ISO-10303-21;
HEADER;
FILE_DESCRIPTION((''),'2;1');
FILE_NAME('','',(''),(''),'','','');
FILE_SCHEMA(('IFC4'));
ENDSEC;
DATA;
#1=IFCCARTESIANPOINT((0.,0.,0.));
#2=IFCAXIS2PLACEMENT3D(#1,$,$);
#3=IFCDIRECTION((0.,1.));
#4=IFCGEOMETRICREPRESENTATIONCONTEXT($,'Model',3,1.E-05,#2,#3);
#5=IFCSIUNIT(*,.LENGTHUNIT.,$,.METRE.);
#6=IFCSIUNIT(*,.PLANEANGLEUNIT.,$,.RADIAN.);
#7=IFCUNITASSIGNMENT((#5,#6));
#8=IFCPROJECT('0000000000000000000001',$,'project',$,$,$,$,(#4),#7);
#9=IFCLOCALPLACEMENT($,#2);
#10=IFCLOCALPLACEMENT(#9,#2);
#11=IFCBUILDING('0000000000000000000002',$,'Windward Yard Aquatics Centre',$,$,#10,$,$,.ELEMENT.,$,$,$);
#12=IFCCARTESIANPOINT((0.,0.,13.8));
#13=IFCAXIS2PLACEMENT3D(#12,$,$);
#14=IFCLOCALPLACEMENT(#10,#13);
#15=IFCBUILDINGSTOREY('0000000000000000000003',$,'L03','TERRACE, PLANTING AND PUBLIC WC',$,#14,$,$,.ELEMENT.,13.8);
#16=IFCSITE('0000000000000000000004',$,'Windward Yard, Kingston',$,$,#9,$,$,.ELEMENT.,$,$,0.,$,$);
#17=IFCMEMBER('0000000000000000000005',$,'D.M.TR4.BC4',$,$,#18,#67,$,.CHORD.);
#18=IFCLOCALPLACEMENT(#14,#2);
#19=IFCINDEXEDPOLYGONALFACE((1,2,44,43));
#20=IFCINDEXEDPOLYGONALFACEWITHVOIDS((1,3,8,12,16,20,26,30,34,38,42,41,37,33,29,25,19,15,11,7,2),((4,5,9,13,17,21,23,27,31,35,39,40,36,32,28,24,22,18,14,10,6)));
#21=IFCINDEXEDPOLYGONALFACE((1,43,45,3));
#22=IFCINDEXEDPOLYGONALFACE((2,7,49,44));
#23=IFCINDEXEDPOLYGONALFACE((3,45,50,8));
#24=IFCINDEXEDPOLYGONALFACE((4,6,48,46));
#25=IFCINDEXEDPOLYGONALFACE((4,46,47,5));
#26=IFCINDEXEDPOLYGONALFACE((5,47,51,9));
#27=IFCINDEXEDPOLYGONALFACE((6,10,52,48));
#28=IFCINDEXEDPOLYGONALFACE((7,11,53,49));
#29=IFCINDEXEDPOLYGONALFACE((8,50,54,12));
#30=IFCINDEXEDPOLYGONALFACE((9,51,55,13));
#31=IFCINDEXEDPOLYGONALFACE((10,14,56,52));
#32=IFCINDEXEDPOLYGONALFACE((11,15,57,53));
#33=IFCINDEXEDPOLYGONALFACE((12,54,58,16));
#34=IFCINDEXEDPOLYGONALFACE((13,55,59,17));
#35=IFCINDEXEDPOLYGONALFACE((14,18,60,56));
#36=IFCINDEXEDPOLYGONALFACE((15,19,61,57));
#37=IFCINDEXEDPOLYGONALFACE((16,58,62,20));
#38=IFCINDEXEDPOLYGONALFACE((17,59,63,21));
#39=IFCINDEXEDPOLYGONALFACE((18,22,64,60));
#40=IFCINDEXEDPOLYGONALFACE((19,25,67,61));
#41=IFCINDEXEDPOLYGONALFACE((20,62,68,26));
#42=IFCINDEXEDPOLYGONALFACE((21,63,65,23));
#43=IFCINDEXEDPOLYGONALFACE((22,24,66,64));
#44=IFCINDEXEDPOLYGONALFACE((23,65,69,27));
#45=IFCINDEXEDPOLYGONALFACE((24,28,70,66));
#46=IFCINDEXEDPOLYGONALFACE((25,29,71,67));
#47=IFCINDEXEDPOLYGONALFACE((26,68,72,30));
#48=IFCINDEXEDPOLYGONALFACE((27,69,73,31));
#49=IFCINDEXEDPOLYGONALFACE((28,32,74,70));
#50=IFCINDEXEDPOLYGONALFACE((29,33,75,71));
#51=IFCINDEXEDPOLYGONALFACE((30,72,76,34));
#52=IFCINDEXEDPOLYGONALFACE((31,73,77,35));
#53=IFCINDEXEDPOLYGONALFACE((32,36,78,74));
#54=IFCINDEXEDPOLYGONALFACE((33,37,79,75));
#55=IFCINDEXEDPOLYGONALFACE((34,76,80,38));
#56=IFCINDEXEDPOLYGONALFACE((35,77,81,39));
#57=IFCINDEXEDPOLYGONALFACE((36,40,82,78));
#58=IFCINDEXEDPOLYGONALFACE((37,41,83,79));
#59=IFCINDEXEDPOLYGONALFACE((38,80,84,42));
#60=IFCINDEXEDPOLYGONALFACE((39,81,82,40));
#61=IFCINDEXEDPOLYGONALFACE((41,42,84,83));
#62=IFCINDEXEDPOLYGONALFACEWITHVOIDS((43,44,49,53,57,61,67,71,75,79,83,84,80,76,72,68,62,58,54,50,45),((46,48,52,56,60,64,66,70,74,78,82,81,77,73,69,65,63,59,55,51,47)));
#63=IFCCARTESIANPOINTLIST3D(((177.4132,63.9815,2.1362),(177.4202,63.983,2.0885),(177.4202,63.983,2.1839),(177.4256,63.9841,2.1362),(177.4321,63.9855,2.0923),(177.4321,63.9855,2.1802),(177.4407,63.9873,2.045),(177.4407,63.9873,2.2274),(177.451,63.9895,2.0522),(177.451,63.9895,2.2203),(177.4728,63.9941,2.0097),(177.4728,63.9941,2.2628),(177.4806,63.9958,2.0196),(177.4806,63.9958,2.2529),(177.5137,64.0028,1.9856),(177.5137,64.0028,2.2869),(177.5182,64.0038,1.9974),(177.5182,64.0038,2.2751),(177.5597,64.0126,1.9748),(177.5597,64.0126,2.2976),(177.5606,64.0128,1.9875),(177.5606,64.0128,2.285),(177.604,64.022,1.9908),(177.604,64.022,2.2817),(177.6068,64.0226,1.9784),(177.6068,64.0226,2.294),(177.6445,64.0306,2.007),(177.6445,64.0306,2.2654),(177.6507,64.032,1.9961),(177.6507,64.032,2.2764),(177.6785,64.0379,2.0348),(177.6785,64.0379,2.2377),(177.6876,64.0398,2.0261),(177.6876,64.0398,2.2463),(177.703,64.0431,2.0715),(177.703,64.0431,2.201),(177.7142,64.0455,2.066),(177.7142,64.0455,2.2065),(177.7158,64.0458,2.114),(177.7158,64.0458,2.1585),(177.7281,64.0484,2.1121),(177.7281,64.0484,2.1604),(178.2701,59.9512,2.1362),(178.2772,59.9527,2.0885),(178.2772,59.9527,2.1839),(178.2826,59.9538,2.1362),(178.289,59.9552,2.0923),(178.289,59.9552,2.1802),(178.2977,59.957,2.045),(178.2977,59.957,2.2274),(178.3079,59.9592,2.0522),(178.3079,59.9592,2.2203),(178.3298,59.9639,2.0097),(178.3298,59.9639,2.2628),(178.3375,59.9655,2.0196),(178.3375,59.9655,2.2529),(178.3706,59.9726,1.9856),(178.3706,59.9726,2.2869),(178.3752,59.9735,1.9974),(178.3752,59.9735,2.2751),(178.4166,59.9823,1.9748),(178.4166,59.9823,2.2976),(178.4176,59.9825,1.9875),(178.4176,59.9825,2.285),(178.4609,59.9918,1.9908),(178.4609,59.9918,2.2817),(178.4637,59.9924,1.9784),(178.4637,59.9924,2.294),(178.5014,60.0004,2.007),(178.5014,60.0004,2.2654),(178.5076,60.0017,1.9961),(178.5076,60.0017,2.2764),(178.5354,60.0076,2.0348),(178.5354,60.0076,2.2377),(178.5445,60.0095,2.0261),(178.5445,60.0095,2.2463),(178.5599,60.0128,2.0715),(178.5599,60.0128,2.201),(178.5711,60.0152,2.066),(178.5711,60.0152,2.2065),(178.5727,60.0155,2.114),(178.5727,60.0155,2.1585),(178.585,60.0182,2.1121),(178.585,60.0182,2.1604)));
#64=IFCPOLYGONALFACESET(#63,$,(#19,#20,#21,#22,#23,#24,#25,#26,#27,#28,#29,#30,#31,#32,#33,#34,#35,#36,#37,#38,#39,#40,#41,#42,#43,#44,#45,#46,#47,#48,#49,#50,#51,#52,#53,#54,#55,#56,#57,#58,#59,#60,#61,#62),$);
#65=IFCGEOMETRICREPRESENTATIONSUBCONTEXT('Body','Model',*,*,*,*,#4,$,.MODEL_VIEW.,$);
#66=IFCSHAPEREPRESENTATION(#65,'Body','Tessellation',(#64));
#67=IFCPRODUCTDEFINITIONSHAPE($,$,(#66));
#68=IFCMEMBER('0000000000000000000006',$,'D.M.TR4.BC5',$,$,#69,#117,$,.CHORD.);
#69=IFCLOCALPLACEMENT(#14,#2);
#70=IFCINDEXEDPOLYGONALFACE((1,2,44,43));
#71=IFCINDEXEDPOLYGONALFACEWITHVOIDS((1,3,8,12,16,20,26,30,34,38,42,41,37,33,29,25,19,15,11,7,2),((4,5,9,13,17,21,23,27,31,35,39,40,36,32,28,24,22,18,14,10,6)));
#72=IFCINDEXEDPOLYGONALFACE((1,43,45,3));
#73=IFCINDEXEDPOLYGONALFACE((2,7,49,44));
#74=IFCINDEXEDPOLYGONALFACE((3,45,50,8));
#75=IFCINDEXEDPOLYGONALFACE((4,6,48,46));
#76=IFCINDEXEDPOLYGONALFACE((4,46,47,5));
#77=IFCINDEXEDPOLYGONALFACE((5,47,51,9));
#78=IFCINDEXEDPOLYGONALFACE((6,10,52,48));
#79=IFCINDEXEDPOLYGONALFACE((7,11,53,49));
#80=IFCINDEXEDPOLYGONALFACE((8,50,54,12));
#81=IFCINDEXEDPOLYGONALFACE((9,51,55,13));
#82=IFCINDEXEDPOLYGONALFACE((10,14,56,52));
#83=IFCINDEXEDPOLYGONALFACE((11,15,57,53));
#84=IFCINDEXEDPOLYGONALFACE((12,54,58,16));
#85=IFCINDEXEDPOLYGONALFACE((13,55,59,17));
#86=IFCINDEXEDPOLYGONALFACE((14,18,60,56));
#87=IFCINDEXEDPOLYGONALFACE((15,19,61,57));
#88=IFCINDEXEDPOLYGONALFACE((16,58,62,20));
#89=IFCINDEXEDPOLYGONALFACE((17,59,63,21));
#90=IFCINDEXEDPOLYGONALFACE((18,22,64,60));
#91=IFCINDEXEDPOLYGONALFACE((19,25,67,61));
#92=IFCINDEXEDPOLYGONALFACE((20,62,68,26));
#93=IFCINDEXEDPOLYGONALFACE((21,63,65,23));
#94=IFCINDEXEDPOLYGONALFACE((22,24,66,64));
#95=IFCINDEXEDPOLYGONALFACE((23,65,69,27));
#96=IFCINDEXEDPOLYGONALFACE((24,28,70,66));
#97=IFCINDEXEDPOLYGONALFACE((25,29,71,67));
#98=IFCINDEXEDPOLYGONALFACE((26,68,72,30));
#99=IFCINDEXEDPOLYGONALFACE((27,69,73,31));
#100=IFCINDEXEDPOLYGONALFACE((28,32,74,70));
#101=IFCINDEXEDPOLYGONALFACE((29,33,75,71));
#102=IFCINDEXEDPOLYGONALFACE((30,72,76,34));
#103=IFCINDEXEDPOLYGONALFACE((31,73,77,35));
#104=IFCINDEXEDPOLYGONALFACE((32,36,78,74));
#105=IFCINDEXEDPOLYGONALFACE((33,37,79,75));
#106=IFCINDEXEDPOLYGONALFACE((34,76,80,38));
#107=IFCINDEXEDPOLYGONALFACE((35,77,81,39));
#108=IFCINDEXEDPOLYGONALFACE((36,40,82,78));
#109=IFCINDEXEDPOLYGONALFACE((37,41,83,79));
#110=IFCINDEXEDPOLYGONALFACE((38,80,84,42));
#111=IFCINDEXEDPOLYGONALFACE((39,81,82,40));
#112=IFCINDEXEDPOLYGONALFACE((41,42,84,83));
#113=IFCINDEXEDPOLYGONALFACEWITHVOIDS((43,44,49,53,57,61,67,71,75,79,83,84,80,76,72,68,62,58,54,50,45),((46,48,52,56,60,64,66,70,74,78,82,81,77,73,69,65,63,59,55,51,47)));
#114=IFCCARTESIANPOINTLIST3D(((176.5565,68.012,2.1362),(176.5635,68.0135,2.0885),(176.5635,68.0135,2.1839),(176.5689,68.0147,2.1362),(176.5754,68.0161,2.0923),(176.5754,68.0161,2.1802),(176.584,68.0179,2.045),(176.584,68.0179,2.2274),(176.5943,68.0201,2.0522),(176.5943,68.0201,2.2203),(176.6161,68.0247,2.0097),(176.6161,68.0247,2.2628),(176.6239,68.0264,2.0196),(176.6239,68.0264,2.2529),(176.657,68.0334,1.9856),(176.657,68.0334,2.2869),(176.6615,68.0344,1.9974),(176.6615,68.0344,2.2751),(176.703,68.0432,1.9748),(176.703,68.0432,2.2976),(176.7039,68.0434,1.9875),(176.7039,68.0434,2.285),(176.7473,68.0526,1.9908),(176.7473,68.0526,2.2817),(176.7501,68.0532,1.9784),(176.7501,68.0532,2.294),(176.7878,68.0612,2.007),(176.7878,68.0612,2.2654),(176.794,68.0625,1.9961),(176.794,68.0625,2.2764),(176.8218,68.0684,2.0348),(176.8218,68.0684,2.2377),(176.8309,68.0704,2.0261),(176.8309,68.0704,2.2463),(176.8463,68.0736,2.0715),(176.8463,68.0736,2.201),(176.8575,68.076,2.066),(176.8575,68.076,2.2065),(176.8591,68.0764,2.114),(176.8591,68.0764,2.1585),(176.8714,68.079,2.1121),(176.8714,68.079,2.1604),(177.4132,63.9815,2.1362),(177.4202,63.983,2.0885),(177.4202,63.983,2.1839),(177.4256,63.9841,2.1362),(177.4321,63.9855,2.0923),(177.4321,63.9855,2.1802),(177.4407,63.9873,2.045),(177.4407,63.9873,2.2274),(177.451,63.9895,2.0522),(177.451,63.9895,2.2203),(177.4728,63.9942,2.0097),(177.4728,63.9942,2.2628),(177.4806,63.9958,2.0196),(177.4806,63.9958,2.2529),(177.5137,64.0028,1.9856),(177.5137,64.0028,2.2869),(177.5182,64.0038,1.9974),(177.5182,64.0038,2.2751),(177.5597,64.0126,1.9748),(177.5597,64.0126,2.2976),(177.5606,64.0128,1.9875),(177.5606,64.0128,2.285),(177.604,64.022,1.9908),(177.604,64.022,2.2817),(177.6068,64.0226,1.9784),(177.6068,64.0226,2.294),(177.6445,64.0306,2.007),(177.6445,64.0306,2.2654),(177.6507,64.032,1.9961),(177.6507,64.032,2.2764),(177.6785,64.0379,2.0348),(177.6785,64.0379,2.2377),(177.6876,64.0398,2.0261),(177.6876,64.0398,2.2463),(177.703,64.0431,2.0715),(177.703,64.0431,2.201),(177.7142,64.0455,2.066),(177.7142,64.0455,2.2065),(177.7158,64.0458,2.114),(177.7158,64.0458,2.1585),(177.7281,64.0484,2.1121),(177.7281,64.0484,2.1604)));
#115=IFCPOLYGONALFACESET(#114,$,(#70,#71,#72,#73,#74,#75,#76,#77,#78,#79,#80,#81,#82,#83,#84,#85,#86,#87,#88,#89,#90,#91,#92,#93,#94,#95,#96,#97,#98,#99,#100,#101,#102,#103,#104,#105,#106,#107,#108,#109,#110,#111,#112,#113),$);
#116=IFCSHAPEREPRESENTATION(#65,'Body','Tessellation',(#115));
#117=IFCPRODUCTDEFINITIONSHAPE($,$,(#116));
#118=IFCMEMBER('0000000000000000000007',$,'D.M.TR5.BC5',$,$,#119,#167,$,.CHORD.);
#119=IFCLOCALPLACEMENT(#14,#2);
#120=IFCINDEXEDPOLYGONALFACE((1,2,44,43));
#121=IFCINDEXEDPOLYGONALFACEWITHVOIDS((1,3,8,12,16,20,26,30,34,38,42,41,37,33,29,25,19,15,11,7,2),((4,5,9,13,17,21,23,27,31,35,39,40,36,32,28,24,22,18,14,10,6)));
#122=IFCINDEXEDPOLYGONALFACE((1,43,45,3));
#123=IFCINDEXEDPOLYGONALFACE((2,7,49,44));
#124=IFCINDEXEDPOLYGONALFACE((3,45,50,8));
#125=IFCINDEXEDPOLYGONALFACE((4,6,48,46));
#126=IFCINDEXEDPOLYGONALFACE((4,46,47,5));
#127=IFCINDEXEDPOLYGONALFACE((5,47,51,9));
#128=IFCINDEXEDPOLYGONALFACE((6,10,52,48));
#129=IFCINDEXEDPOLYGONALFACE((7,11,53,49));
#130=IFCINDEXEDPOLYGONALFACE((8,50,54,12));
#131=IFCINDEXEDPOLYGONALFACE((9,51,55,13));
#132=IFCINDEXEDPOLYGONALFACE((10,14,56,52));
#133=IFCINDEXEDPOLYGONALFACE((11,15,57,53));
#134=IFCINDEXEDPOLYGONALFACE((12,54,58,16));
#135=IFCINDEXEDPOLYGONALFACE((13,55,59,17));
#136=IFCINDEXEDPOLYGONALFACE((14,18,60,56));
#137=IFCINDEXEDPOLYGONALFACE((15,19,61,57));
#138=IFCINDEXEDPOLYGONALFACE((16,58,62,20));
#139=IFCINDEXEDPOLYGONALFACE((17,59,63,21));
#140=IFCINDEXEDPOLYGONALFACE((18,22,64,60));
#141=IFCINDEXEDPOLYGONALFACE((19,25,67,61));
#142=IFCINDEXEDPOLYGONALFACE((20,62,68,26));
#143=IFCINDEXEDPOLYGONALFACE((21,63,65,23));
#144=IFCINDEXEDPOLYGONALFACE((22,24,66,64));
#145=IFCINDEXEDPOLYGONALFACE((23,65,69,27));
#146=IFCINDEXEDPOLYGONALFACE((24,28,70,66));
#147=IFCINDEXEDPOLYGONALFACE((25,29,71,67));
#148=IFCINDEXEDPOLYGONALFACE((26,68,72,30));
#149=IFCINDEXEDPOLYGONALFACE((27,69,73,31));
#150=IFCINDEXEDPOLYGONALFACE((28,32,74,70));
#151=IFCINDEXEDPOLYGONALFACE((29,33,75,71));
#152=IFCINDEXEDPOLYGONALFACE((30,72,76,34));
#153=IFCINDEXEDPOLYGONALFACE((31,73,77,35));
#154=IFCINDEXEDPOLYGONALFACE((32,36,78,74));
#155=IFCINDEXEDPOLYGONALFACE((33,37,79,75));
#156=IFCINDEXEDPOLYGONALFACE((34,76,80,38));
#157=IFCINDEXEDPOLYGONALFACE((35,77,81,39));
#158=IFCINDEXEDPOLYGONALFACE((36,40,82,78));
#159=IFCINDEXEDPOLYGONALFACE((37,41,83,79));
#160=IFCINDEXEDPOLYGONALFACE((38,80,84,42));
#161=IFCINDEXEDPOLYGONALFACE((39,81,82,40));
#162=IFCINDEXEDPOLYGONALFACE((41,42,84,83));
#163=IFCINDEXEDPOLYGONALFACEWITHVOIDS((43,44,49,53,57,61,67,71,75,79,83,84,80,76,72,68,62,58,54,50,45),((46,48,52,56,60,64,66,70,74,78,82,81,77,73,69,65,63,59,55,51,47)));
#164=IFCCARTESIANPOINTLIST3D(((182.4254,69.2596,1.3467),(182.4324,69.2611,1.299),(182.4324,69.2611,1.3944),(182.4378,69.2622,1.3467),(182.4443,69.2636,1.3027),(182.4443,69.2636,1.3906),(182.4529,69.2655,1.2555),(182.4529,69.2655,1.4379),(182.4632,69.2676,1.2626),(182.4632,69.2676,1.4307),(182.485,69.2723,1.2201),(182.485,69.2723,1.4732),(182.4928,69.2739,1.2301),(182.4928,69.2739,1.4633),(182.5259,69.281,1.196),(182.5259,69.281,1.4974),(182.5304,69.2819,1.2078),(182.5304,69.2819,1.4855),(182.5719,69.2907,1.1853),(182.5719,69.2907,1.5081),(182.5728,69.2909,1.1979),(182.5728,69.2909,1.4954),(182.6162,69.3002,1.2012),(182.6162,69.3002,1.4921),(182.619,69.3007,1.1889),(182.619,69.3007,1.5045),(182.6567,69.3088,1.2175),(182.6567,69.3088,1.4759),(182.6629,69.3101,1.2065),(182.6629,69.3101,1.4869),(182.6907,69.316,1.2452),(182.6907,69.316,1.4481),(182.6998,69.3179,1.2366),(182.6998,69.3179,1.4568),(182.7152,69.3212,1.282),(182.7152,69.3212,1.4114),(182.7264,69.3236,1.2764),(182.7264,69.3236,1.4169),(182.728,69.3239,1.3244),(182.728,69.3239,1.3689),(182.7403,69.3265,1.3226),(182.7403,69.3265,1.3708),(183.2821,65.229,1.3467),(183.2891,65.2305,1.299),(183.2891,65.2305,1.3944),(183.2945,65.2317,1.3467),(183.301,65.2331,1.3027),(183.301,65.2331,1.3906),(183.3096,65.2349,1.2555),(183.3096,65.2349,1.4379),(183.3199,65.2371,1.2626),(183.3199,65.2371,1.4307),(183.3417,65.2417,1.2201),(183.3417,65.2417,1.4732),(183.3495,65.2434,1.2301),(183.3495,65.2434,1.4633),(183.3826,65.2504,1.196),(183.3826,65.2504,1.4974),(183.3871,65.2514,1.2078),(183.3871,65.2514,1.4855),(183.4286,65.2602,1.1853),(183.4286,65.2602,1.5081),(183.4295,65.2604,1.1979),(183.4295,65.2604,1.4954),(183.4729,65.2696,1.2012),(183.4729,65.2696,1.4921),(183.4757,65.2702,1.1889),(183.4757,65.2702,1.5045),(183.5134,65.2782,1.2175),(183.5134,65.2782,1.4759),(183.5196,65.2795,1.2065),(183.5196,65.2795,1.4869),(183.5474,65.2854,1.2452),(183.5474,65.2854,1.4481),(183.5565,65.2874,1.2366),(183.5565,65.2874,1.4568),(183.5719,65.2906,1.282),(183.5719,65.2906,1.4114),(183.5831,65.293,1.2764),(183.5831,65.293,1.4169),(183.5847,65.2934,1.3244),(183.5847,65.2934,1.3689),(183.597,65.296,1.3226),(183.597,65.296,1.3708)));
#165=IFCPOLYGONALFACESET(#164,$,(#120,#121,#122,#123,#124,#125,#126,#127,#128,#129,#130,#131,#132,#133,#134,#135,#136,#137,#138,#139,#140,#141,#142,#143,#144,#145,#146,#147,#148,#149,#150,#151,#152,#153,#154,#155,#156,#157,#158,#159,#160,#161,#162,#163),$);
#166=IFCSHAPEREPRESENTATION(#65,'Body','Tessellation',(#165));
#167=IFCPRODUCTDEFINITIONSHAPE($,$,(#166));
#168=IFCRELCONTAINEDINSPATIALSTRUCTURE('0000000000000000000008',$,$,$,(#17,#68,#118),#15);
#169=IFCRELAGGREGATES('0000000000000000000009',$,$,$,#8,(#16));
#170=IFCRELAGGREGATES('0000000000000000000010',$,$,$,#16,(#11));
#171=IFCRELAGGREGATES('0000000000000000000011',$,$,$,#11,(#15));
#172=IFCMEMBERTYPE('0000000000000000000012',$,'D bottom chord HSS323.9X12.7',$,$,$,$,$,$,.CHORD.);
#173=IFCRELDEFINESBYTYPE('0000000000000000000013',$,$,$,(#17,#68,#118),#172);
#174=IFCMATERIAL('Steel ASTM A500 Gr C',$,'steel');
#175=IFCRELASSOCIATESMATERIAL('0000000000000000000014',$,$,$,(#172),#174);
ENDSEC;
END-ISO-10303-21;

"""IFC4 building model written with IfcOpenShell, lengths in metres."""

from ifc_helpers import new_model, si_unit, direction, frame, origin, origin_2d, place, context, subcontext, project, spatial, hollow_circle, extrude, material, material_profile, profile_set, type_object, element, save


model = new_model("IFC4")

# Units and contexts
model_context = context("Model", 3, precision=1e-05, world=origin(), true_north=direction((0.0, 1.0)))
body_context = subcontext(model_context, "Body", "Model", "MODEL_VIEW")
ifc_project = project(units=[si_unit("LENGTHUNIT", "METRE"), si_unit("PLANEANGLEUNIT", "RADIAN")], contexts=[model_context])

# Site, building, storey
site_placement = place(None, origin())
site = spatial("IfcSite", under=ifc_project, at=site_placement, Name="Windward Yard, Kingston", CompositionType="ELEMENT", RefElevation=0.0)
building_placement = place(site_placement, origin())
building = spatial("IfcBuilding", under=site, at=building_placement, Name="Windward Yard Aquatics Centre", CompositionType="ELEMENT")
storey_placement = place(building_placement, frame((0.0, 0.0, 13.8)))
storey = spatial("IfcBuildingStorey", under=building, at=storey_placement, Name="L03", Description="TERRACE, PLANTING AND PUBLIC WC", CompositionType="ELEMENT", Elevation=13.8)

# Members
ifc_material_1 = material(Name="Steel ASTM A500 Gr C", Category="steel")
ifc_material_profile_1 = material_profile(ifc_material_1, hollow_circle(Radius=0.1619, WallThickness=0.0127, at=origin_2d()), Name="HSS323.9X12.7")
ifc_profile_set_1 = profile_set([ifc_material_profile_1], Name="Steel ASTM A500 Gr C")
member_type_1 = type_object("IfcMemberType", Name="D bottom chord HSS323.9X12.7", PredefinedType="CHORD", material=ifc_profile_set_1)
member_1_placement = place(storey_placement, frame((178.4285, 59.9849, 2.1362), z_axis=(-0.207975, 0.978134, 0.0), x_axis=(-0.978134, -0.207975, 0.0)))
element("IfcMember", 1, at=member_1_placement, inside=storey, type_object=member_type_1, Name="D.M.TR4.BC4", PredefinedType="CHORD", context=body_context, shape_type="SweptSolid", body=[
    extrude(hollow_circle(Radius=0.1619, WallThickness=0.0127, at=origin_2d()), origin(), (0.0, 0.0, 1.0), 4.1204),
])
for number, where, z_axis, x_axis, name in (
    (2, (177.5715, 64.0151, 2.1362), (-0.207906, 0.978149, 0.0), (-0.978149, -0.207906, 0.0), "D.M.TR4.BC5"),
    (3, (183.4404, 65.2627, 1.3467), (-0.207906, 0.978149, 0.0), (-0.978149, -0.207906, 0.0), "D.M.TR5.BC5"),
):
    element("IfcMember", number, at=place(storey_placement, frame(where, z_axis=z_axis, x_axis=x_axis)), inside=storey, type_object=member_type_1, Name=name, PredefinedType="CHORD", context=body_context, shape_type="SweptSolid", body=[
        extrude(hollow_circle(Radius=0.1619, WallThickness=0.0127, at=origin_2d()), origin(), (0.0, 0.0, 1.0), 4.1206),
    ])

save(model, "model.ifc")
